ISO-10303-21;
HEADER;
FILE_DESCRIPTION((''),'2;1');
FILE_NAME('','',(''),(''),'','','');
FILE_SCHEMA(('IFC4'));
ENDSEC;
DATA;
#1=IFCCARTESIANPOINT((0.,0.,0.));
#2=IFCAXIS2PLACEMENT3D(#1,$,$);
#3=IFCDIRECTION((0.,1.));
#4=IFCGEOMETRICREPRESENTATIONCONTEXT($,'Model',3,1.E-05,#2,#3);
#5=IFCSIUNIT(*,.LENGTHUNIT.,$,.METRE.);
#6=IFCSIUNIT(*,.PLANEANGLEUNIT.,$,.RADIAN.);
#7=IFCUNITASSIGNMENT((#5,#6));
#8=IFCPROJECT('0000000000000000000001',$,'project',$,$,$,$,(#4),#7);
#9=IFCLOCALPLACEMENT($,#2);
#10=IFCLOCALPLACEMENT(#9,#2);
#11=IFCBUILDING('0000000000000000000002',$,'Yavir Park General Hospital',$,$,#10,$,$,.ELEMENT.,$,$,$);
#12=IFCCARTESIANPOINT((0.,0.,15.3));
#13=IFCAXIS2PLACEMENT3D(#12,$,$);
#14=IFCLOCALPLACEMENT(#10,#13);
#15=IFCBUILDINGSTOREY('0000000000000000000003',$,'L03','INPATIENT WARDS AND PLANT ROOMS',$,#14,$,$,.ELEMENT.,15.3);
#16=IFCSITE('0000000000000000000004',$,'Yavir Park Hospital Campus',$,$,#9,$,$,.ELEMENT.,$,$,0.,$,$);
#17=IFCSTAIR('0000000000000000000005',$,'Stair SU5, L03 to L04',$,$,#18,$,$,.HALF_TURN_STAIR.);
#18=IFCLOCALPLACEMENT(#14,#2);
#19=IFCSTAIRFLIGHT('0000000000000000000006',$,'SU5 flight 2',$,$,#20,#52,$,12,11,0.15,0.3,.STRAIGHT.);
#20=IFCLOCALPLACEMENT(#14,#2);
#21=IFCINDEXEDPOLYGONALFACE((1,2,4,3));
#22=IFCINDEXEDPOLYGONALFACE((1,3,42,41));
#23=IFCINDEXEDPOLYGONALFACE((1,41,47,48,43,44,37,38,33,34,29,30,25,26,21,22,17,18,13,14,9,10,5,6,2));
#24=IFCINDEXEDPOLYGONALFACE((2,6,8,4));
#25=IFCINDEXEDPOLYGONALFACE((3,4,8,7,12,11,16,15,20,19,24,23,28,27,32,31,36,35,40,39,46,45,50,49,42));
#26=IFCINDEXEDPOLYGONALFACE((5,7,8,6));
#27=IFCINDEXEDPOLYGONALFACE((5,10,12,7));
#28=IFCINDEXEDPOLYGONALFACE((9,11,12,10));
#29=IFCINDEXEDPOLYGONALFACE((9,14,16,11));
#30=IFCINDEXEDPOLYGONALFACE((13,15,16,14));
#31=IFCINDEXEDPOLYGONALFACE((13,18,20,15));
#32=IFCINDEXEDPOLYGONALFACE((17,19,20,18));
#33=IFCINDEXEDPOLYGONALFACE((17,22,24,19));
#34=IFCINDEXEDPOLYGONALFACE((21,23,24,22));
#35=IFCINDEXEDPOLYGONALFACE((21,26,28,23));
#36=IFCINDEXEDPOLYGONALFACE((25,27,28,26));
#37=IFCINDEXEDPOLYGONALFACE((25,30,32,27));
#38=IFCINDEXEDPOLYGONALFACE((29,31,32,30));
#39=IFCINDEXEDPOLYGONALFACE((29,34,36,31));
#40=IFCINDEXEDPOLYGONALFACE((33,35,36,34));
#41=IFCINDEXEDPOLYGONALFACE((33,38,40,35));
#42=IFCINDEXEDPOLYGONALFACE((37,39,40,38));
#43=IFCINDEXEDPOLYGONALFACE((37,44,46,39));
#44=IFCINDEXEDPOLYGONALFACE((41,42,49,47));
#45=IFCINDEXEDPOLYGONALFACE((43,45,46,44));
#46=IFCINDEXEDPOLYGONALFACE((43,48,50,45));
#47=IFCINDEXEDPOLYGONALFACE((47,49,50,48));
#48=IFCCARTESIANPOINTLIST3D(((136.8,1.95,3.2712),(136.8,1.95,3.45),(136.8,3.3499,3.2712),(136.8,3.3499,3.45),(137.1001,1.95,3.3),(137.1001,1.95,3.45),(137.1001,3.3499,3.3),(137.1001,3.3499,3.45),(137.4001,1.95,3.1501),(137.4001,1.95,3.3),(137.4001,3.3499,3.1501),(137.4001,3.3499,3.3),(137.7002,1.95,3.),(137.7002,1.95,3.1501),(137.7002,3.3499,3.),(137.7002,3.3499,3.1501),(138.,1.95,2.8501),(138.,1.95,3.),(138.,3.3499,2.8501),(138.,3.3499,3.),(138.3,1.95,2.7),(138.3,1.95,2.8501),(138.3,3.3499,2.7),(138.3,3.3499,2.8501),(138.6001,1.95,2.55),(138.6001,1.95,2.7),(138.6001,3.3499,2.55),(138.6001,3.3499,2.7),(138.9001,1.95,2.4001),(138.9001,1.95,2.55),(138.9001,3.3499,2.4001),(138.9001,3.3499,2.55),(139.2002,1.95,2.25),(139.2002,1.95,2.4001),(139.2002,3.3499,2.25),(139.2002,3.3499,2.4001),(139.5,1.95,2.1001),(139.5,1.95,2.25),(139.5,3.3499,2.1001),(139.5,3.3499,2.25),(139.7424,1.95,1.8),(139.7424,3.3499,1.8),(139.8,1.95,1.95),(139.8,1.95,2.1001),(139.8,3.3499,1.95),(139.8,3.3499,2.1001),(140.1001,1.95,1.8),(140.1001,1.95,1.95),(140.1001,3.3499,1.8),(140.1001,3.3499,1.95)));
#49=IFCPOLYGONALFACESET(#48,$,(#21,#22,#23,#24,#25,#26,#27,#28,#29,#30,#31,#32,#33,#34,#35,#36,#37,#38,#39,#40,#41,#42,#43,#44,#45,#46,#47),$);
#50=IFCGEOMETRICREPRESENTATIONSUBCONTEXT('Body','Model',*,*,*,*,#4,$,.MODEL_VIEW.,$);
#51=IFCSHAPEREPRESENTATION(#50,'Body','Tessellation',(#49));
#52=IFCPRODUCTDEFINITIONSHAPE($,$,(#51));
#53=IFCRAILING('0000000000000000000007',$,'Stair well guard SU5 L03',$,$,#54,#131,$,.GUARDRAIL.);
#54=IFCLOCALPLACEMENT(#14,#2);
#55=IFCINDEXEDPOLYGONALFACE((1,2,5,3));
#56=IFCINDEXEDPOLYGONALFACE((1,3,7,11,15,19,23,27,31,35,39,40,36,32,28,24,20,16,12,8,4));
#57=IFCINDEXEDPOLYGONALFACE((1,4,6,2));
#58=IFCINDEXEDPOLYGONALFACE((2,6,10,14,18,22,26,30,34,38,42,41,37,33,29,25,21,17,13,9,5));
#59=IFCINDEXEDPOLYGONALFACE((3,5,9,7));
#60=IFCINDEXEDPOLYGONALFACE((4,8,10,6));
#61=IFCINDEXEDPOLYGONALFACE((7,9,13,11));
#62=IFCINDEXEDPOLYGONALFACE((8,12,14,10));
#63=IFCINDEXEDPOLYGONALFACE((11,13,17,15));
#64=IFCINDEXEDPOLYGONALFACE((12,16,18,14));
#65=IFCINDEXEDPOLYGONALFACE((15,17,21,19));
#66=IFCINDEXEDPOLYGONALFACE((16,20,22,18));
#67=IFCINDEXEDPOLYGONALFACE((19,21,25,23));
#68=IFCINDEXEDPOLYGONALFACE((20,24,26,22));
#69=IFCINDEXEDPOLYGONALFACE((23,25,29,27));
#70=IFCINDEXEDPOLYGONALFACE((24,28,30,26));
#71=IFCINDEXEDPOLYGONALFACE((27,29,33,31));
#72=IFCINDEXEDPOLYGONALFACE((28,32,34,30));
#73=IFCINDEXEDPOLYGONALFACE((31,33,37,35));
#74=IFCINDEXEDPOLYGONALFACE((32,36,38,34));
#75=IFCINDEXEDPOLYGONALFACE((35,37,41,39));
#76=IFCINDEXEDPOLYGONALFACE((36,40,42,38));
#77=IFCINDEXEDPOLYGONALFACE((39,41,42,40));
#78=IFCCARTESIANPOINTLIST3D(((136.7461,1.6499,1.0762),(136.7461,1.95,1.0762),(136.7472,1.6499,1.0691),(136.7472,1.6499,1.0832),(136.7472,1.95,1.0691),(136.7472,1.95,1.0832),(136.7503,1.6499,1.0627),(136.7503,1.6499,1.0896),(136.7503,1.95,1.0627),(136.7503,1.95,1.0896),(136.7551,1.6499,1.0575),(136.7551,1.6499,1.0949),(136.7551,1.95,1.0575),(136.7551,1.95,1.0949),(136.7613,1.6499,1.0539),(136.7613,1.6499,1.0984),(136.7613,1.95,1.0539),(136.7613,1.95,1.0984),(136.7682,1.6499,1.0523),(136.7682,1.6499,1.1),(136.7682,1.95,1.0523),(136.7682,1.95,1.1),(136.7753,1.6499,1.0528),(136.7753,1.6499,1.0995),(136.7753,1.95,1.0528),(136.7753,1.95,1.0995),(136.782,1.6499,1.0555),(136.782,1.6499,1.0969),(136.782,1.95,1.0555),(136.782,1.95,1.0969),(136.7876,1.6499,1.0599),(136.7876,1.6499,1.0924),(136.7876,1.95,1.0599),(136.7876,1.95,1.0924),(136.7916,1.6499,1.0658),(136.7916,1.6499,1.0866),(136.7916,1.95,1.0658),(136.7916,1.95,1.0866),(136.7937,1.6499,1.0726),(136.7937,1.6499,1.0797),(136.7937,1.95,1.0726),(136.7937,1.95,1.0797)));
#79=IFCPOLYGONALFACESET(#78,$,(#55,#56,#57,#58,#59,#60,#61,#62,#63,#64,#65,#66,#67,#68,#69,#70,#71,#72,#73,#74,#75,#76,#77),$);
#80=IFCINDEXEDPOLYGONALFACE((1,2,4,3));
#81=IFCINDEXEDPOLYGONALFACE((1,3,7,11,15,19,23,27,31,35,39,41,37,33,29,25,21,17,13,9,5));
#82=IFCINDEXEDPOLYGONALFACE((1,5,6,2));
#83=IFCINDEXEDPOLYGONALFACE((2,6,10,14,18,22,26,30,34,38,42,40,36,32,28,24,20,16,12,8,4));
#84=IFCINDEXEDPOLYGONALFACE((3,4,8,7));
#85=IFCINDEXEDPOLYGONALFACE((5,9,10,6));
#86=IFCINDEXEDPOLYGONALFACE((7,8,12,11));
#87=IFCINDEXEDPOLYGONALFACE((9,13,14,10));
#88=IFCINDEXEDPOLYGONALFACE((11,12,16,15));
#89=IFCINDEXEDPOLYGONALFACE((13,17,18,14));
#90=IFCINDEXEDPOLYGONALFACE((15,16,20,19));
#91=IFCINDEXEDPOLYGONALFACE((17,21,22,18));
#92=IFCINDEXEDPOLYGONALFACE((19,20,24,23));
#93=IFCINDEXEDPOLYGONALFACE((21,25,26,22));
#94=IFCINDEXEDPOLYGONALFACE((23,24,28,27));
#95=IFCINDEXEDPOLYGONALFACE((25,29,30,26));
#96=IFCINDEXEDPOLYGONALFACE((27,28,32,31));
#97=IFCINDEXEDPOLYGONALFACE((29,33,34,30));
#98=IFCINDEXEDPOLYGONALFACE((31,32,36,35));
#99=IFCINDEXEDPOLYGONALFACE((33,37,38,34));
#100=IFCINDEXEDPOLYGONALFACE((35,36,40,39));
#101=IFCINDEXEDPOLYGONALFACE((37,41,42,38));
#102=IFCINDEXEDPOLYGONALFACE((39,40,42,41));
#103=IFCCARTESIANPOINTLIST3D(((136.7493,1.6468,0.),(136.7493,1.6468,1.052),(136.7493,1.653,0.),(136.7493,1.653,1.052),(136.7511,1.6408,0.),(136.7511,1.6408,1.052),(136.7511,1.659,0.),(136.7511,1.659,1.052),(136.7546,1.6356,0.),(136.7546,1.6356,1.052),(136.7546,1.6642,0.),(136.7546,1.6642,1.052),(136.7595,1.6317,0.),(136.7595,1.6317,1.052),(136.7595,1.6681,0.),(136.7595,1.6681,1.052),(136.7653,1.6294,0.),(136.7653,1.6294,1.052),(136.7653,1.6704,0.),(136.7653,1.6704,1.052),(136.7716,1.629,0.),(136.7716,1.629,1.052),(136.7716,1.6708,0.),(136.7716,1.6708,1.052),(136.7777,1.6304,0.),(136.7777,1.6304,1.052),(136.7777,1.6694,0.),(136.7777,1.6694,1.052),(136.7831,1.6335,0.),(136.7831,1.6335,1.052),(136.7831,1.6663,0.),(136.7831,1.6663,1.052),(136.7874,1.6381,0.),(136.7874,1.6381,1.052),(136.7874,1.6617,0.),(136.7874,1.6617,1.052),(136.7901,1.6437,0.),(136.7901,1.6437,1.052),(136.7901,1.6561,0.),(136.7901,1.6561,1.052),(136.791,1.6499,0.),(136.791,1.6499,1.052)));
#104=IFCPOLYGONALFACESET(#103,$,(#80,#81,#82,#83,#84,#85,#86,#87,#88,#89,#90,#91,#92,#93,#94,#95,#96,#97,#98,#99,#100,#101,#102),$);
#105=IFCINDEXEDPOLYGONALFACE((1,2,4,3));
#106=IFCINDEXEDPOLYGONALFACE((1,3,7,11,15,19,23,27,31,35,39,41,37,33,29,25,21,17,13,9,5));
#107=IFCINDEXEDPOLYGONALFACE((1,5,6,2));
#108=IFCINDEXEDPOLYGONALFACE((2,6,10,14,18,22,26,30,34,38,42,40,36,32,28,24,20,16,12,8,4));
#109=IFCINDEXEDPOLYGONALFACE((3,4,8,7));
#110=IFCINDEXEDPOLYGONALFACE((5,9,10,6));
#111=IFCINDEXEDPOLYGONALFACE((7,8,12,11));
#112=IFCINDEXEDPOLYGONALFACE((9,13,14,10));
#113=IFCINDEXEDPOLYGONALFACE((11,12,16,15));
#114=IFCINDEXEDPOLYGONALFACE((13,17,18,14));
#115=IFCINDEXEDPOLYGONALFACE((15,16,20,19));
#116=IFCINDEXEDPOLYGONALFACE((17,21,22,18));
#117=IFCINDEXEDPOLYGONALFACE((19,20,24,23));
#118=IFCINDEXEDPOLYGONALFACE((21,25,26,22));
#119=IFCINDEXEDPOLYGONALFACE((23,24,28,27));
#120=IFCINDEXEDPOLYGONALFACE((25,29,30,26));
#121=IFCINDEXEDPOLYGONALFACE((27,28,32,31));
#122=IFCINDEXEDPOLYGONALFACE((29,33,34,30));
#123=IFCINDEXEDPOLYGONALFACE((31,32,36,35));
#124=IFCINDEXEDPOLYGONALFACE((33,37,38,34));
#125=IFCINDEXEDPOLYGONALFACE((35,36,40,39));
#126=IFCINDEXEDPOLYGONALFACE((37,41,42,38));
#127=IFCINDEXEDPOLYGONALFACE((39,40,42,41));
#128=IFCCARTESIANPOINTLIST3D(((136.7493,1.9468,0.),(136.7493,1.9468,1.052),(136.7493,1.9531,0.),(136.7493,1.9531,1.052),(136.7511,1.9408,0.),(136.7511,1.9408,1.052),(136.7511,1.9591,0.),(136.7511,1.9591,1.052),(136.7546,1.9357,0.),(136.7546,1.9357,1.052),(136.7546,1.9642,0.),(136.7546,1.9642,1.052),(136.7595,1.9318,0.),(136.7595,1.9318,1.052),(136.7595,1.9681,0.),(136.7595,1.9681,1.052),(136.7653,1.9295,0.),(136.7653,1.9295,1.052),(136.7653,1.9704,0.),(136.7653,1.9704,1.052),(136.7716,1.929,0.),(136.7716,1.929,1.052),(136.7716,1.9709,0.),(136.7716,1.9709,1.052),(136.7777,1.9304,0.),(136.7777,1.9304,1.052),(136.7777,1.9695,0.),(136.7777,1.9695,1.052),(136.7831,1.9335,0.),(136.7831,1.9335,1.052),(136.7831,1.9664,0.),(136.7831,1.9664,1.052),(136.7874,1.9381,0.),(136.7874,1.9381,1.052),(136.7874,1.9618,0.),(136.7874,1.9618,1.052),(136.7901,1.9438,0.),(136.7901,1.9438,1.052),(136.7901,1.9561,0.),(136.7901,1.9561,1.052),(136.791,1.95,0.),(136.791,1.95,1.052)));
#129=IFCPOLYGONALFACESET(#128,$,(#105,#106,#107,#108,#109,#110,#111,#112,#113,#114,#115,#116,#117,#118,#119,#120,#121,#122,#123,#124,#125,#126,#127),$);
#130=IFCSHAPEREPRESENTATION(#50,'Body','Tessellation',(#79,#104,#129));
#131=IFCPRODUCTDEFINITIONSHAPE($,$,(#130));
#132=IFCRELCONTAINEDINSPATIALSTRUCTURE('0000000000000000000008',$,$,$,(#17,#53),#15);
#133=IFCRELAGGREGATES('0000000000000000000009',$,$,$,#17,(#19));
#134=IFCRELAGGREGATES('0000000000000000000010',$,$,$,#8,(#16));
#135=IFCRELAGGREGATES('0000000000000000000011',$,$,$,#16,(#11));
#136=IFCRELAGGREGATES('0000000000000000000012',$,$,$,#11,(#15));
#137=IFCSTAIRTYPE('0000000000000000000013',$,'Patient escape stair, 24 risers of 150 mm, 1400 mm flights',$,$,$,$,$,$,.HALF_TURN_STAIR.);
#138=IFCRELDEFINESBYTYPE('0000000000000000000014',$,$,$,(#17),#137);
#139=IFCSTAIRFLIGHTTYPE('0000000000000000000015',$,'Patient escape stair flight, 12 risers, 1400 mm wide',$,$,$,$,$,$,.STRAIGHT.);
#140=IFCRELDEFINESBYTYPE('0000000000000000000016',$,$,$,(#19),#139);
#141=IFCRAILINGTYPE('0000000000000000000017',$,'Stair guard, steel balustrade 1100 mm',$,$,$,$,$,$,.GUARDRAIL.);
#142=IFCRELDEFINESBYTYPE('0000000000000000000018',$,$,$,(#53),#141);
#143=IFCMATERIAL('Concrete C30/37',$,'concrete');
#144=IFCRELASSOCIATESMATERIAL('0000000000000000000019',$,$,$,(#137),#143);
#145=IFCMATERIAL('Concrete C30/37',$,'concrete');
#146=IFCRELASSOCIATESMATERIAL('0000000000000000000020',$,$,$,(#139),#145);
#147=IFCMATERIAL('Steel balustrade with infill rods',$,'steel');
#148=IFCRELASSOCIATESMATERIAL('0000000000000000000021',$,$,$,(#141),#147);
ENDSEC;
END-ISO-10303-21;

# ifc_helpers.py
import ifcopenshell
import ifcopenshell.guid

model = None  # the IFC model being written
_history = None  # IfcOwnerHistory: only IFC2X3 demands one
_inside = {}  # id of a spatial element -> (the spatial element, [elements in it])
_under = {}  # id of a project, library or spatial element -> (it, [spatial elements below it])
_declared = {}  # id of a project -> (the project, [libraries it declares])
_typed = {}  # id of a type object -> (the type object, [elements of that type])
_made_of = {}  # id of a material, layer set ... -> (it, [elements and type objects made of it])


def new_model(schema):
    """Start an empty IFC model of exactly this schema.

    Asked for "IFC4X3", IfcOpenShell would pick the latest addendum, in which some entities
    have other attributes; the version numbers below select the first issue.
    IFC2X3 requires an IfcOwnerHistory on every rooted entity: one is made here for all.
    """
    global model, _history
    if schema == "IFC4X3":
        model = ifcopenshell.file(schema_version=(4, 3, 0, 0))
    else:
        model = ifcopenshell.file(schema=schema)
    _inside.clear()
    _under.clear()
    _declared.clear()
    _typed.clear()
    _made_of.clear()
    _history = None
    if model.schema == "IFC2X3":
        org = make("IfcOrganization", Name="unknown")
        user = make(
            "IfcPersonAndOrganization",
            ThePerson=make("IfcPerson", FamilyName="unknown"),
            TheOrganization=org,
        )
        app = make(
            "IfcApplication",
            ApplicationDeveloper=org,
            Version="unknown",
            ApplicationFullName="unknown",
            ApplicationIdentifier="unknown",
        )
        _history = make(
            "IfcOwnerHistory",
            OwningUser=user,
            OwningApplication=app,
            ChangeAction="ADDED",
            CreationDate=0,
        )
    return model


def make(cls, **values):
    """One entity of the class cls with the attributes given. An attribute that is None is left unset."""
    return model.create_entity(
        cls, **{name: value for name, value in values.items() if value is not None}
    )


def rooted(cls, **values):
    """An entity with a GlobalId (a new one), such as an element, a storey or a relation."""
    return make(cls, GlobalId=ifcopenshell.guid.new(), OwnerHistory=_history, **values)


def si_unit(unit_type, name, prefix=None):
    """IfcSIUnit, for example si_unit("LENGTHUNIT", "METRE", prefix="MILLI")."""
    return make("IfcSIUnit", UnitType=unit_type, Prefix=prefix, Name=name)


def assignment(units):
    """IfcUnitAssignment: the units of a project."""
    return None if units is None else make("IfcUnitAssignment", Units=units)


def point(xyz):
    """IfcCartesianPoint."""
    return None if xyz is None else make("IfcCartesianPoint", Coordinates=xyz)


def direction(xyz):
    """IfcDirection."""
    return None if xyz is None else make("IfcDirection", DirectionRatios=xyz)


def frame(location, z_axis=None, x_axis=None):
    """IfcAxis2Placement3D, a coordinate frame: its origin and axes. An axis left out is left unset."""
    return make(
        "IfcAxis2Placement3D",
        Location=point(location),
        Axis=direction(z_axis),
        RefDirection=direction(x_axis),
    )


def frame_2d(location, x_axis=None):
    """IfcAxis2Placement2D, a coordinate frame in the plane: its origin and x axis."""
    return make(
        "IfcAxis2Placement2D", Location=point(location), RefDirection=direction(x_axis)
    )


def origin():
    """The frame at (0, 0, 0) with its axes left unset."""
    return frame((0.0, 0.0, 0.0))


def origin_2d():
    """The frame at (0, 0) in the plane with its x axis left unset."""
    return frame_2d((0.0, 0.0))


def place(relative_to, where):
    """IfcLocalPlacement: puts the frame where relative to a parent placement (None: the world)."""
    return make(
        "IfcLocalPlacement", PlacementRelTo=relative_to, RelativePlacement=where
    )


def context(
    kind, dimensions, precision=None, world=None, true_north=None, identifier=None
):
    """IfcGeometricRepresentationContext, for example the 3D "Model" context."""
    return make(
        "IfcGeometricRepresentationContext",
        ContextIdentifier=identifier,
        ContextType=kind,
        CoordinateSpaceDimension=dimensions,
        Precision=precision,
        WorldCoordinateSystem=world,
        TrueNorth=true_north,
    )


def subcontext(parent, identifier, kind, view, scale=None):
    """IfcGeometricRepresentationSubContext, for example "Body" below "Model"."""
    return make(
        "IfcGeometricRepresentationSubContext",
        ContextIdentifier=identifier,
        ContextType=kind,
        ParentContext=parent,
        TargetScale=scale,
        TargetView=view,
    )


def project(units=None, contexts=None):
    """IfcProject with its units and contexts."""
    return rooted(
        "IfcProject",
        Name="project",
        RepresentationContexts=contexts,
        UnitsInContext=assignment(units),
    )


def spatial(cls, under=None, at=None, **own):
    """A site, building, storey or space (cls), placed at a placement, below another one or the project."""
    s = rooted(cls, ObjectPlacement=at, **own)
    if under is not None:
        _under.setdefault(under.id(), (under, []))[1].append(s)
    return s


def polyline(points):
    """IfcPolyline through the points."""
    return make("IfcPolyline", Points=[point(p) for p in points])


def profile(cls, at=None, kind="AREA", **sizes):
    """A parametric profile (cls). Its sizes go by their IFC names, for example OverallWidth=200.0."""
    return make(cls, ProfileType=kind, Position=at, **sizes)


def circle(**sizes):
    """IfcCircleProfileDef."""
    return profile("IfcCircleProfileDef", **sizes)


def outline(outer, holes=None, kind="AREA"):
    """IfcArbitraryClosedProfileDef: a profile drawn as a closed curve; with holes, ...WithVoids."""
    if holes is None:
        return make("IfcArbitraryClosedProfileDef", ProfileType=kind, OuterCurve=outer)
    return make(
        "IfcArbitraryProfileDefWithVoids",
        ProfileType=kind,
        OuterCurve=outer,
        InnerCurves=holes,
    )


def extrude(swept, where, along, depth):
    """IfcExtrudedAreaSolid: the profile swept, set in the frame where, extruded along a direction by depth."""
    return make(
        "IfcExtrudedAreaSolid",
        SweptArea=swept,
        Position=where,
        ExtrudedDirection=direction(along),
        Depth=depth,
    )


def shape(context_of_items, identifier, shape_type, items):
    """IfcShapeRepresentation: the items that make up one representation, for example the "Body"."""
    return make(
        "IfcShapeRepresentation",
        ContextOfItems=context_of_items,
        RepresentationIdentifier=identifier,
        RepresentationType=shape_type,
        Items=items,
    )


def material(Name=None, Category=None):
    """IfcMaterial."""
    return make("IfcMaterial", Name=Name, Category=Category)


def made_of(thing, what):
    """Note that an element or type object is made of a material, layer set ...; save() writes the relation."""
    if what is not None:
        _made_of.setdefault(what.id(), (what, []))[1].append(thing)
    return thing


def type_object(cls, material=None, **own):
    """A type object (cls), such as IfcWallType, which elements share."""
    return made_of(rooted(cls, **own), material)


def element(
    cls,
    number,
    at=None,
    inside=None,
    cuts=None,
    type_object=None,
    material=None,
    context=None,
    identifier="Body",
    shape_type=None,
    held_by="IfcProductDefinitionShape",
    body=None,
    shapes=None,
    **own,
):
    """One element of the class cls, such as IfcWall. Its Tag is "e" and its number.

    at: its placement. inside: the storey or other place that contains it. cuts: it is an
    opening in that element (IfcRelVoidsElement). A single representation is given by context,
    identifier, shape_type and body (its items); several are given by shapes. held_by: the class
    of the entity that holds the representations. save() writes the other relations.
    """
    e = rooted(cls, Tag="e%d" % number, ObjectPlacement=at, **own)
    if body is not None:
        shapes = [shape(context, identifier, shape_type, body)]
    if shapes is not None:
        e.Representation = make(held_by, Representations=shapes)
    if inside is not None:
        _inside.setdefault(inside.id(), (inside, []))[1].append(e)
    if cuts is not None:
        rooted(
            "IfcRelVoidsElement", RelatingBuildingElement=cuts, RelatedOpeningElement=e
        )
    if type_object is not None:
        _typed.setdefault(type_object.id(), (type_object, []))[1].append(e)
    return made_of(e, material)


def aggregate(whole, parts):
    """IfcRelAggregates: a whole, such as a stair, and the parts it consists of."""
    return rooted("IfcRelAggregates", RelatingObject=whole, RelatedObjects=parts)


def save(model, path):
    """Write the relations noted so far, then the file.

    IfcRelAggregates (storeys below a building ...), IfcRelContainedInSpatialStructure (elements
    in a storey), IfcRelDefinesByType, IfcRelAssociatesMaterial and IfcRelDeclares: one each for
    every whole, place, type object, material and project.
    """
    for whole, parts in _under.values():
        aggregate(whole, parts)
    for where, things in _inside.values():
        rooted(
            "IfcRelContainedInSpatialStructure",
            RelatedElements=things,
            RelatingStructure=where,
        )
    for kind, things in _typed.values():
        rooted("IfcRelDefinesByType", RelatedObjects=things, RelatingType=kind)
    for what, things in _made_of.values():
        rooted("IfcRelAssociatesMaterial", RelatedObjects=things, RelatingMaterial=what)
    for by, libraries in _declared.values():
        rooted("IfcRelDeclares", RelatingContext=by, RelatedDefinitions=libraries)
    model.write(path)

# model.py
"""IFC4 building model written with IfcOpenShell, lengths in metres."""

from ifc_helpers import new_model, si_unit, direction, frame, origin, origin_2d, place, context, subcontext, project, spatial, polyline, circle, outline, extrude, material, type_object, element, aggregate, save


model = new_model("IFC4")

# Units and contexts
model_context = context("Model", 3, precision=1e-05, world=origin(), true_north=direction((0.0, 1.0)))
body_context = subcontext(model_context, "Body", "Model", "MODEL_VIEW")
ifc_project = project(units=[si_unit("LENGTHUNIT", "METRE"), si_unit("PLANEANGLEUNIT", "RADIAN")], contexts=[model_context])

# Site, building, storey
site_placement = place(None, origin())
site = spatial("IfcSite", under=ifc_project, at=site_placement, Name="Yavir Park Hospital Campus", CompositionType="ELEMENT", RefElevation=0.0)
building_placement = place(site_placement, origin())
building = spatial("IfcBuilding", under=site, at=building_placement, Name="Yavir Park General Hospital", CompositionType="ELEMENT")
storey_placement = place(building_placement, frame((0.0, 0.0, 15.3)))
storey = spatial("IfcBuildingStorey", under=building, at=storey_placement, Name="L03", Description="INPATIENT WARDS AND PLANT ROOMS", CompositionType="ELEMENT", Elevation=15.3)

# Stair, stair flight
ifc_material_1 = material(Name="Concrete C30/37", Category="concrete")
stair_type = type_object("IfcStairType", Name="Patient escape stair, 24 risers of 150 mm, 1400 mm flights", PredefinedType="HALF_TURN_STAIR", material=ifc_material_1)
stair_placement = place(storey_placement, origin())
stair = element("IfcStair", 1, at=stair_placement, inside=storey, type_object=stair_type, Name="Stair SU5, L03 to L04", PredefinedType="HALF_TURN_STAIR")
ifc_material_2 = material(Name="Concrete C30/37", Category="concrete")
stair_flight_type = type_object("IfcStairFlightType", Name="Patient escape stair flight, 12 risers, 1400 mm wide", PredefinedType="STRAIGHT", material=ifc_material_2)
stair_flight_1_placement = place(storey_placement, frame((140.1001, 2.6499, 1.8), z_axis=(0.0, 0.0, 1.0), x_axis=(-1.0, 0.0, 0.0)))
stair_flight_1 = element("IfcStairFlight", 2, at=stair_flight_1_placement, type_object=stair_flight_type, Name="SU5 flight 2", NumberOfRisers=12, NumberOfTreads=11, PredefinedType="STRAIGHT", RiserHeight=0.15, TreadLength=0.3, context=body_context, shape_type="SweptSolid", body=[
    extrude(outline(polyline([(0.0, 0.0), (0.0, 0.1499), (0.3, 0.1499), (0.3, 0.3), (0.6001, 0.3), (0.6001, 0.45), (0.8999, 0.45), (0.8999, 0.6001), (1.2, 0.6001), (1.2, 0.75), (1.5, 0.75), (1.5, 0.8999), (1.8, 0.8999), (1.8, 1.05), (2.1001, 1.05), (2.1001, 1.2), (2.3999, 1.2), (2.3999, 1.3501), (2.7, 1.3501), (2.7, 1.5), (3.0, 1.5), (3.0, 1.6499), (3.3, 1.6499), (3.3, 1.8), (3.3, 1.4712), (0.3577, 0.0), (0.0, 0.0)])), frame((0.0, 0.7, 0.0), z_axis=(0.0, -1.0, 0.0), x_axis=(1.0, 0.0, 0.0)), (0.0, 0.0, 1.0), 1.3999),
])
aggregate(stair, [stair_flight_1])

# Railing
ifc_material_3 = material(Name="Steel balustrade with infill rods", Category="steel")
railing_type_1 = type_object("IfcRailingType", Name="Stair guard, steel balustrade 1100 mm", PredefinedType="GUARDRAIL", material=ifc_material_3)
railing_placement = place(storey_placement, frame((136.77, 1.6499, 0.0)))
element("IfcRailing", 3, at=railing_placement, inside=storey, type_object=railing_type_1, Name="Stair well guard SU5 L03", PredefinedType="GUARDRAIL", context=body_context, shape_type="SweptSolid", body=[
    extrude(circle(Radius=0.0239, at=origin_2d()), frame((0.0, 0.0, 1.0762), z_axis=(0.0, 1.0, 0.0), x_axis=(-1.0, 0.0, 0.0)), (0.0, 0.0, 1.0), 0.3),
    extrude(circle(Radius=0.021, at=origin_2d()), origin(), (0.0, 0.0, 1.0), 1.052),
    extrude(circle(Radius=0.021, at=origin_2d()), frame((0.0, 0.3, 0.0)), (0.0, 0.0, 1.0), 1.052),
])

save(model, "model.ifc")
